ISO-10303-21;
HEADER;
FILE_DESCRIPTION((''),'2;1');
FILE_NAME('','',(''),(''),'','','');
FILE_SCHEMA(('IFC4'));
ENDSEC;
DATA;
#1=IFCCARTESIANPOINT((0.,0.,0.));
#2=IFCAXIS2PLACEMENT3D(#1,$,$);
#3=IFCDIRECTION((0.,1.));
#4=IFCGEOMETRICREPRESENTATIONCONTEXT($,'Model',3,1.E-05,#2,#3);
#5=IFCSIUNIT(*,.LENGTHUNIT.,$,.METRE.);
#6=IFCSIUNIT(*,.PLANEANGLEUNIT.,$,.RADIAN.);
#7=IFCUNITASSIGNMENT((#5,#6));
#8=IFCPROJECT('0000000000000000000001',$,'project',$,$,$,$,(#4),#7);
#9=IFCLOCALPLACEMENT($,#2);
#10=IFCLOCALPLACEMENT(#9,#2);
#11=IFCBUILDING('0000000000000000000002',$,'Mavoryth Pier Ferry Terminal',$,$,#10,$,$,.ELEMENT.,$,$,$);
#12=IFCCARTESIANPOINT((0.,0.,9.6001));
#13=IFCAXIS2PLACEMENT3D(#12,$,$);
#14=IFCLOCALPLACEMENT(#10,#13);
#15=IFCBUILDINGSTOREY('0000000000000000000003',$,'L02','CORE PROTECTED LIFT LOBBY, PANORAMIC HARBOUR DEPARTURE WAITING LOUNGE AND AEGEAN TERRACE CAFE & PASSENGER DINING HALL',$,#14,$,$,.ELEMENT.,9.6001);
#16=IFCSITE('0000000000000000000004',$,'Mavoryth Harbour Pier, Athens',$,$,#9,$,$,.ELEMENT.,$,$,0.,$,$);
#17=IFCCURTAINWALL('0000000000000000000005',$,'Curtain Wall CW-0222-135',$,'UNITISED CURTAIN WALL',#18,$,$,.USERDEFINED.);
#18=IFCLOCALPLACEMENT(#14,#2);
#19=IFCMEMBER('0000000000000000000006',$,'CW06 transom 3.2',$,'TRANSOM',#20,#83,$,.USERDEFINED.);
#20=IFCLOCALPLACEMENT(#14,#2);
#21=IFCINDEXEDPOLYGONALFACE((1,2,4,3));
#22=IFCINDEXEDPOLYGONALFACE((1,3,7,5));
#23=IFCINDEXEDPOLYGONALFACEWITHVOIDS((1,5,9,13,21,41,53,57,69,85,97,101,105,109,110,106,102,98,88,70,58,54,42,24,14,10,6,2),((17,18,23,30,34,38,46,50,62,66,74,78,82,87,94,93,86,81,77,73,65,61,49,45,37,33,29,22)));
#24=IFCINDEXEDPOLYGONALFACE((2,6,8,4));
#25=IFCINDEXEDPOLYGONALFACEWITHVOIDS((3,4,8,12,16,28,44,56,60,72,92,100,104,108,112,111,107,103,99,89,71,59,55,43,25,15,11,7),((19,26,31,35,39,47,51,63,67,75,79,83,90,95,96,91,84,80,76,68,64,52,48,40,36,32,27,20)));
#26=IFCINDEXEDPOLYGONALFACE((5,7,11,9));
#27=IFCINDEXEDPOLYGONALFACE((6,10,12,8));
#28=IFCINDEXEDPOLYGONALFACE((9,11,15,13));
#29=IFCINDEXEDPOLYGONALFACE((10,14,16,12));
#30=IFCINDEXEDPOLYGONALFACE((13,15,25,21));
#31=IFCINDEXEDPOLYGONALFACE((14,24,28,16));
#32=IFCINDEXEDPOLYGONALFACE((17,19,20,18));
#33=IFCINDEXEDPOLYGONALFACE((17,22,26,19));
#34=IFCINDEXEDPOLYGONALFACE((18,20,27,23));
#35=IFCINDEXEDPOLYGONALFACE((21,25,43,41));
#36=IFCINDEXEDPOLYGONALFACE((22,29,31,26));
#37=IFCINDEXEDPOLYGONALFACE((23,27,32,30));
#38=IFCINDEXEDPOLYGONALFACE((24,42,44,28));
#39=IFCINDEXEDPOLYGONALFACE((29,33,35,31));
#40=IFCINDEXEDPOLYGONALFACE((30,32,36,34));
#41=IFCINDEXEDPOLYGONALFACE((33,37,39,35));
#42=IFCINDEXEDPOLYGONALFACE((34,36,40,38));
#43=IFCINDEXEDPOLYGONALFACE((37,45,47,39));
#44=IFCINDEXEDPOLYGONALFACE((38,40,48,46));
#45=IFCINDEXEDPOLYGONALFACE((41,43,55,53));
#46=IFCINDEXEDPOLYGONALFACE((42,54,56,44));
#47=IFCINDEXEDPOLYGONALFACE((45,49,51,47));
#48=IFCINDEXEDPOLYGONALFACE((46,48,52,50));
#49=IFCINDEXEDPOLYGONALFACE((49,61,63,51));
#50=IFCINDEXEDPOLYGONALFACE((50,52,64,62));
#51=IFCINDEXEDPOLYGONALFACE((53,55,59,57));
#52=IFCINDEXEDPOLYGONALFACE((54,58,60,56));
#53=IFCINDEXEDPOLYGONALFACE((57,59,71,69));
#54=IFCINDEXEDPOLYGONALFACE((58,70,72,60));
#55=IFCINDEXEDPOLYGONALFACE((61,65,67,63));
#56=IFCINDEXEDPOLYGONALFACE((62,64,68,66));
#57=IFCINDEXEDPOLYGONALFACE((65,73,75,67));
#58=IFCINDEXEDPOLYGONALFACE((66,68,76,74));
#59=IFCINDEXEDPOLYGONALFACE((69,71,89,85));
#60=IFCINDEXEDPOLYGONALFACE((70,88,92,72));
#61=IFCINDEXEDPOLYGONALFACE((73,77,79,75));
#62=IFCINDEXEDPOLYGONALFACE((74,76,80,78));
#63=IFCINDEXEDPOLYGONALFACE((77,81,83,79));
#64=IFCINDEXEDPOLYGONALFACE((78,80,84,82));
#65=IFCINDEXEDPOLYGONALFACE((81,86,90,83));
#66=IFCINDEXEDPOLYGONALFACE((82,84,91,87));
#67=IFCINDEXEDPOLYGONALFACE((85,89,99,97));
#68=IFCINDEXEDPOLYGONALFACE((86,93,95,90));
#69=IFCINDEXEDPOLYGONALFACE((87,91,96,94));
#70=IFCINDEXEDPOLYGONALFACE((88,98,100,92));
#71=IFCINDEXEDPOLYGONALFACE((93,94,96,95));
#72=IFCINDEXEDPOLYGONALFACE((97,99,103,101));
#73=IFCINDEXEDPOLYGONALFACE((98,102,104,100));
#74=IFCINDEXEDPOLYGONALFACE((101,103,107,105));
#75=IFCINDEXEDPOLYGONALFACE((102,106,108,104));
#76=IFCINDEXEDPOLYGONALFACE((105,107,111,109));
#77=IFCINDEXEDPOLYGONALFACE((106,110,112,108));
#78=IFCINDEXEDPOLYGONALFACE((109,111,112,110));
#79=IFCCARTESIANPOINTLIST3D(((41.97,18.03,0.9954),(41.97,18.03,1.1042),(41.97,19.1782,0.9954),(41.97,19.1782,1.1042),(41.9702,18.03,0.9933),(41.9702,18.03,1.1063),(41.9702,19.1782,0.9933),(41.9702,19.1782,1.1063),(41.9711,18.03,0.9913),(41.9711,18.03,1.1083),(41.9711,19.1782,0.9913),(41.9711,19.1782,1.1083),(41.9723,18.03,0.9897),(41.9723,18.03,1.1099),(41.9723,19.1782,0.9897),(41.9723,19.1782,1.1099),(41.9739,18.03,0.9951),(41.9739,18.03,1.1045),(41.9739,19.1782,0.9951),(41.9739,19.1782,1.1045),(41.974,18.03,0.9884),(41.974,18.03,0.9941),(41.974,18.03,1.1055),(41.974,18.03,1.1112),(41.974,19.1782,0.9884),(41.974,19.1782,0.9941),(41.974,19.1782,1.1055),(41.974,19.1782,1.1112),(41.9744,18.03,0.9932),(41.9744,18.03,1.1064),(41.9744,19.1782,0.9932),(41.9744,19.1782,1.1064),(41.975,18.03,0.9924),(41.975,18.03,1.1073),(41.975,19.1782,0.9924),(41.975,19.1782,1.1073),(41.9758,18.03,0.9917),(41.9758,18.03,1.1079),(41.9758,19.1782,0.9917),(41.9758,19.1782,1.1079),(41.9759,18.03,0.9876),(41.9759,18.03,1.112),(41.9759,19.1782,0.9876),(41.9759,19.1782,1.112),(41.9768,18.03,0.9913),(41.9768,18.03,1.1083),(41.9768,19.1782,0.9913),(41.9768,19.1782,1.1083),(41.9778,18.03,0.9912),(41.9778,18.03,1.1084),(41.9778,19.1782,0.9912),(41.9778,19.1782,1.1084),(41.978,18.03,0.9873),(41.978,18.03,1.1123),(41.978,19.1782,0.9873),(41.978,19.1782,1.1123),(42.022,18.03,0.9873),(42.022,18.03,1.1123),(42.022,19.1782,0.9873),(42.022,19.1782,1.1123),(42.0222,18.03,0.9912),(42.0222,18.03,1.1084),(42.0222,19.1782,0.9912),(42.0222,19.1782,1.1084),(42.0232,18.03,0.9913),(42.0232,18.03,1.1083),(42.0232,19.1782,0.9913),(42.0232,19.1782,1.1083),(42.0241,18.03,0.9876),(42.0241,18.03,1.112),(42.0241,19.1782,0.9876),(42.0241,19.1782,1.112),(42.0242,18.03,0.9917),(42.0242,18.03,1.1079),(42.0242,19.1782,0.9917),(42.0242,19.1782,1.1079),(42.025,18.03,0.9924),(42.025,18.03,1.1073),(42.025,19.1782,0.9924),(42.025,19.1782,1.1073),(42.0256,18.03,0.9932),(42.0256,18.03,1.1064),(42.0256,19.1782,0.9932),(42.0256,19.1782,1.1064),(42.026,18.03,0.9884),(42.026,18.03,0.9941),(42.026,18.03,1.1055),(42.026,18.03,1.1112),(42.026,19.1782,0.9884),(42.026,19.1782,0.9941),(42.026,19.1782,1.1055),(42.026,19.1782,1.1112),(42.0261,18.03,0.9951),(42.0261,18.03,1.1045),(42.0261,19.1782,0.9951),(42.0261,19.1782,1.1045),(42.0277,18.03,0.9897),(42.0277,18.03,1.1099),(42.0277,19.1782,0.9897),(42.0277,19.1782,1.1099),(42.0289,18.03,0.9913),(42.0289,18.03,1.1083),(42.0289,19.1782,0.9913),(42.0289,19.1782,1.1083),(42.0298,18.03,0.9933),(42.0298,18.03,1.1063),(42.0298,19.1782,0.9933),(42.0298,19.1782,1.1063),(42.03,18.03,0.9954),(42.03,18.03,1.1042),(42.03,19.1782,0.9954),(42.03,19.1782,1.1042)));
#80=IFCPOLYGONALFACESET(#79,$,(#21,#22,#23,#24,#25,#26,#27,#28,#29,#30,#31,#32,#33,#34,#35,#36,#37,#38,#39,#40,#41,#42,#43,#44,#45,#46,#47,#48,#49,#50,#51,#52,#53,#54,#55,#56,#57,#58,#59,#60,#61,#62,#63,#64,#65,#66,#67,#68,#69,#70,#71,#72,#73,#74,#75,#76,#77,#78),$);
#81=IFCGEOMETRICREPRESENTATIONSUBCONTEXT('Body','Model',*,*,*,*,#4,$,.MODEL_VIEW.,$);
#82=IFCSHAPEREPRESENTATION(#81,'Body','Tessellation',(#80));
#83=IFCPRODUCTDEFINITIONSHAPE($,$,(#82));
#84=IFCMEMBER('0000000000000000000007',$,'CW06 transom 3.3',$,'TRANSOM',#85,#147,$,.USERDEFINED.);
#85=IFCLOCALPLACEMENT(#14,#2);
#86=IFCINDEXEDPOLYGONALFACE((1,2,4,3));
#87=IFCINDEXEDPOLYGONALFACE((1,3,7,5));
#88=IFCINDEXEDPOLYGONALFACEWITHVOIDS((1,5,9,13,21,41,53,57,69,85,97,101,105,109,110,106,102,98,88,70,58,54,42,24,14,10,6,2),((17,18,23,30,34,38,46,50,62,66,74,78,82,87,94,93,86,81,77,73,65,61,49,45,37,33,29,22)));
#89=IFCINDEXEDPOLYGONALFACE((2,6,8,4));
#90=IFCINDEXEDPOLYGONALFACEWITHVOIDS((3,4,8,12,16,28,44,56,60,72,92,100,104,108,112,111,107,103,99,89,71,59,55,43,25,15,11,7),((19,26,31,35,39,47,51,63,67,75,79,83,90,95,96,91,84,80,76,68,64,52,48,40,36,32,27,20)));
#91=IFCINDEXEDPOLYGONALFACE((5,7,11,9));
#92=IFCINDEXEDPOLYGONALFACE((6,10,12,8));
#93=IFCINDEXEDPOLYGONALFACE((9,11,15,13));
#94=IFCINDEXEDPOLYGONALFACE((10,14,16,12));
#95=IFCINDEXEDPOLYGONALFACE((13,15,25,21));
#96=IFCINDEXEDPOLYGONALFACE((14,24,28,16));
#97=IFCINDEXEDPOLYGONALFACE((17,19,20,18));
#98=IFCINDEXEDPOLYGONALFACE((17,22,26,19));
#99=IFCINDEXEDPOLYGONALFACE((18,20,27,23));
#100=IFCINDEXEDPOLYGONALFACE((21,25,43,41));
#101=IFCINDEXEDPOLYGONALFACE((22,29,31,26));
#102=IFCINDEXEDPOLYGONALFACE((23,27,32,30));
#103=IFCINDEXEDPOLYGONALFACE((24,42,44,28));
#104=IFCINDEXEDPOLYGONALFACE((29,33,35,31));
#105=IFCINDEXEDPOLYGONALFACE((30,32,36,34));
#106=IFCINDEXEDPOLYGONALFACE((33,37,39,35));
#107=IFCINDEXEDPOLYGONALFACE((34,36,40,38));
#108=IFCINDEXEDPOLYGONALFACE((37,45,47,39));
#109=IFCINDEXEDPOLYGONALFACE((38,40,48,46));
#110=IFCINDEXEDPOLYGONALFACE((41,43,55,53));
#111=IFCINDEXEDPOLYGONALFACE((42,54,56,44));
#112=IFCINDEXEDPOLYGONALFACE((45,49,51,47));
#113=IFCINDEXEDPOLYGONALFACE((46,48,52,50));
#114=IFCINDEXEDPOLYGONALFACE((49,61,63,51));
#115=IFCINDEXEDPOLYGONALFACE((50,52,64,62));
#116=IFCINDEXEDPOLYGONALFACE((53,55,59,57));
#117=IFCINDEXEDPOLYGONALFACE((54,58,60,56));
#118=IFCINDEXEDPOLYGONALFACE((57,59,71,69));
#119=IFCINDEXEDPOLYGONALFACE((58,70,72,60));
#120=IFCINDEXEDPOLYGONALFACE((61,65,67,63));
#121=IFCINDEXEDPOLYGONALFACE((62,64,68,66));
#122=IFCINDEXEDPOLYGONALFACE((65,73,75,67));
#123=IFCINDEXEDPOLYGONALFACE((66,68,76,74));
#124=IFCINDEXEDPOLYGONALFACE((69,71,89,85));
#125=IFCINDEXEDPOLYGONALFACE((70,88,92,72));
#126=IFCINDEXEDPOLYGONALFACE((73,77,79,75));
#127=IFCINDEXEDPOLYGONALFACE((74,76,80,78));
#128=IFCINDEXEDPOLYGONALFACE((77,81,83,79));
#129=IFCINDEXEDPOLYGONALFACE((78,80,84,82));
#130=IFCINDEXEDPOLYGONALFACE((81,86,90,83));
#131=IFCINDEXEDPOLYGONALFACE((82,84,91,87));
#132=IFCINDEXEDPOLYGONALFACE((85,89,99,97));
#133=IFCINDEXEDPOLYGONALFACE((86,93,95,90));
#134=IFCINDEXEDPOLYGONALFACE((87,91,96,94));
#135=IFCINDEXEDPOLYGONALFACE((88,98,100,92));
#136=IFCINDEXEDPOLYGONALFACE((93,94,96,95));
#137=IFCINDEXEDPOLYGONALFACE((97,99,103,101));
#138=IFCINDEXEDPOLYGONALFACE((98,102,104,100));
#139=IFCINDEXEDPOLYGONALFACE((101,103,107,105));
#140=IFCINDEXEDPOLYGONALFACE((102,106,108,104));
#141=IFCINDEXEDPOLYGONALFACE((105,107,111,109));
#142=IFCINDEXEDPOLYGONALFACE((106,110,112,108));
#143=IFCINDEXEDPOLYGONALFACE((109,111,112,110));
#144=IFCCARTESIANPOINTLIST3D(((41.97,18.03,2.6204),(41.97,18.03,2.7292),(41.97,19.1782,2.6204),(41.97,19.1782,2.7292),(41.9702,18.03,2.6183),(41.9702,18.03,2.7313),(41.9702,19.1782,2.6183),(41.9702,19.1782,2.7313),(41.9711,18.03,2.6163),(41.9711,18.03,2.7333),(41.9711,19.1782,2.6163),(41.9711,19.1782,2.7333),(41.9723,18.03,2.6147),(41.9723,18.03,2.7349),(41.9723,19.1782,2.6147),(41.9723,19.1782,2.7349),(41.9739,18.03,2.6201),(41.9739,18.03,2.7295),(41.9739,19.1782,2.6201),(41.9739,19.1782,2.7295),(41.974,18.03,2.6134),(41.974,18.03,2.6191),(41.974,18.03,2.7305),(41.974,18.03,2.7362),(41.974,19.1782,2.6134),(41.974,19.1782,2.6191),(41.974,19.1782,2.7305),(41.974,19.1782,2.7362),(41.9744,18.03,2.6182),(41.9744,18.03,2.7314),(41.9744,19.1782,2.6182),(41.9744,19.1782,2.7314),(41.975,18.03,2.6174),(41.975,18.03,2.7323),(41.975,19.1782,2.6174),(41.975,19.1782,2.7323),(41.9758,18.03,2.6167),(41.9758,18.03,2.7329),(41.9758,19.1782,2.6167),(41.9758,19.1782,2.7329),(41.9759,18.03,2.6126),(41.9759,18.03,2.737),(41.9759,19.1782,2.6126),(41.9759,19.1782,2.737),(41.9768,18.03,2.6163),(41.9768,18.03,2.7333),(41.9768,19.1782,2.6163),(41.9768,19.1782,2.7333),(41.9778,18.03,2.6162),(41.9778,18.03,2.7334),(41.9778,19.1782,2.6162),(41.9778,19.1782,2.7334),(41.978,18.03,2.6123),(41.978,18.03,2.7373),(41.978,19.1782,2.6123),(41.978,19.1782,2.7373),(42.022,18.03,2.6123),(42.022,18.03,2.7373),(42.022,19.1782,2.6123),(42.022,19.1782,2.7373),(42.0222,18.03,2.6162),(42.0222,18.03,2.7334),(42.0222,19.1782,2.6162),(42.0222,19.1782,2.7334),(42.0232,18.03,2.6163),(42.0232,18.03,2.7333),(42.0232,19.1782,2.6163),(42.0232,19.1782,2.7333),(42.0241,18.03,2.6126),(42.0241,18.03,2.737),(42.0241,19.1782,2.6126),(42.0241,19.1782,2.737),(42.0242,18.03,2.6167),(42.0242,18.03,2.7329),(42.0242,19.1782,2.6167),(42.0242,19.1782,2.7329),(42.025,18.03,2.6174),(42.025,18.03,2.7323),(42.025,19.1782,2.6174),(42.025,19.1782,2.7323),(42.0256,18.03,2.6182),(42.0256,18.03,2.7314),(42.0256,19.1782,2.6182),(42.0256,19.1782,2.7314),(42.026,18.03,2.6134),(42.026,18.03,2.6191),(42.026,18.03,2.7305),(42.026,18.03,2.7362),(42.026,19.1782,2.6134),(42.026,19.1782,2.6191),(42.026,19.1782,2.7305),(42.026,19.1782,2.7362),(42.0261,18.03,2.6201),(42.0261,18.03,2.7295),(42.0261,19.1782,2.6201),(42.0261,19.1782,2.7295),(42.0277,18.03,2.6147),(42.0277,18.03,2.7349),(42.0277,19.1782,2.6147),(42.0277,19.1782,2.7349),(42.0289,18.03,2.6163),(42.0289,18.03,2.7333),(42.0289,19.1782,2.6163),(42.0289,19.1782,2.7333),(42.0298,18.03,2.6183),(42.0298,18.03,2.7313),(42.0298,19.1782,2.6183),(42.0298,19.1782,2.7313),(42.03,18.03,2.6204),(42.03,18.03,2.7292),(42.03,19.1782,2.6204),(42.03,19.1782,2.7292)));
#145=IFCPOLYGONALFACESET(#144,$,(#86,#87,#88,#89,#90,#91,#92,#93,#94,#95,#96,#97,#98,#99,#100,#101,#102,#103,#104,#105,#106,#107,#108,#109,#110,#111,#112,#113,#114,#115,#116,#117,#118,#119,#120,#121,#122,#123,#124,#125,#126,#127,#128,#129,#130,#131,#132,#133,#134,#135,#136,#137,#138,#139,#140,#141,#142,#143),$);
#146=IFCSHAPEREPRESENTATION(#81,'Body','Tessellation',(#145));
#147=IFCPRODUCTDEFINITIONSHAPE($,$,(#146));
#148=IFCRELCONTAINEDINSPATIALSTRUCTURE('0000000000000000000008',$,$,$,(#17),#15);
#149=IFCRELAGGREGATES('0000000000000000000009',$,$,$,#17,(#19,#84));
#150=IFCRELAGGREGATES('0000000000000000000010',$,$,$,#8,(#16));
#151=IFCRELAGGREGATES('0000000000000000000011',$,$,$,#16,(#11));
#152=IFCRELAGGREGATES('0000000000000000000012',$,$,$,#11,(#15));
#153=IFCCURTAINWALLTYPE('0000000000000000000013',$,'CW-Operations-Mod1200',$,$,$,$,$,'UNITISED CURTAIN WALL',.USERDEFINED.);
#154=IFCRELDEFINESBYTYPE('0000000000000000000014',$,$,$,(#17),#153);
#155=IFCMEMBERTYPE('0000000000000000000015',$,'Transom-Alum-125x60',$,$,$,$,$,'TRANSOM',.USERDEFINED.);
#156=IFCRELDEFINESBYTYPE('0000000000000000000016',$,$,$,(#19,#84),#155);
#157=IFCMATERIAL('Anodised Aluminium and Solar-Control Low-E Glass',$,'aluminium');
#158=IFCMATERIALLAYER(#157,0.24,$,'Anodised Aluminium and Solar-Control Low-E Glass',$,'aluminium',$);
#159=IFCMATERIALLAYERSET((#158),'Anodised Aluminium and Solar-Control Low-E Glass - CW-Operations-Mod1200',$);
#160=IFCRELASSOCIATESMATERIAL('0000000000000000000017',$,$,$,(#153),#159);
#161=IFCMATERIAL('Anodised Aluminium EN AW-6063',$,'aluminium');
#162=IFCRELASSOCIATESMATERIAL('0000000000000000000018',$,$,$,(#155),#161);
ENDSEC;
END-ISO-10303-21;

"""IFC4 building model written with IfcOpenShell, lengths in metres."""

from ifc_helpers import new_model, si_unit, direction, frame, origin, origin_2d, place, context, subcontext, project, spatial, hollow_rectangle, extrude, material, layer, layer_set, material_profile, profile_set, type_object, element, aggregate, save


model = new_model("IFC4")

# Units and contexts
model_context = context("Model", 3, precision=1e-05, world=origin(), true_north=direction((0.0, 1.0)))
body_context = subcontext(model_context, "Body", "Model", "MODEL_VIEW")
ifc_project = project(units=[si_unit("LENGTHUNIT", "METRE"), si_unit("PLANEANGLEUNIT", "RADIAN")], contexts=[model_context])

# Site, building, storey
site_placement = place(None, origin())
site = spatial("IfcSite", under=ifc_project, at=site_placement, Name="Mavoryth Harbour Pier, Athens", CompositionType="ELEMENT", RefElevation=0.0)
building_placement = place(site_placement, origin())
building = spatial("IfcBuilding", under=site, at=building_placement, Name="Mavoryth Pier Ferry Terminal", CompositionType="ELEMENT")
storey_placement = place(building_placement, frame((0.0, 0.0, 9.6001)))
storey = spatial("IfcBuildingStorey", under=building, at=storey_placement, Name="L02", Description="CORE PROTECTED LIFT LOBBY, PANORAMIC HARBOUR DEPARTURE WAITING LOUNGE AND AEGEAN TERRACE CAFE & PASSENGER DINING HALL", CompositionType="ELEMENT", Elevation=9.6001)

# Curtain wall
ifc_material_1 = material(Name="Anodised Aluminium and Solar-Control Low-E Glass", Category="aluminium")
ifc_layer_1 = layer(ifc_material_1, 0.24, Name="Anodised Aluminium and Solar-Control Low-E Glass", Category="aluminium")
ifc_layer_set_1 = layer_set([ifc_layer_1], Name="Anodised Aluminium and Solar-Control Low-E Glass - CW-Operations-Mod1200")
curtain_wall_type = type_object("IfcCurtainWallType", Name="CW-Operations-Mod1200", ElementType="UNITISED CURTAIN WALL", PredefinedType="USERDEFINED", material=ifc_layer_set_1)
curtain_wall_placement = place(storey_placement, origin())
curtain_wall = element("IfcCurtainWall", 1, at=curtain_wall_placement, inside=storey, type_object=curtain_wall_type, Name="Curtain Wall CW-0222-135", ObjectType="UNITISED CURTAIN WALL", PredefinedType="USERDEFINED")
ifc_material_2 = material(Name="Anodised Aluminium EN AW-6063", Category="aluminium")

# Members
ifc_material_profile_1 = material_profile(ifc_material_2, hollow_rectangle(XDim=0.0601, YDim=0.125, WallThickness=0.0039, InnerFilletRadius=0.0039, OuterFilletRadius=0.0081, at=origin_2d()), Name="AL-TRAN 125x60x4", Category="aluminium")
ifc_profile_set_1 = profile_set([ifc_material_profile_1], Name="Anodised Aluminium EN AW-6063 - AL-TRAN 125x60x4")
member_type_1 = type_object("IfcMemberType", Name="Transom-Alum-125x60", ElementType="TRANSOM", PredefinedType="USERDEFINED", material=ifc_profile_set_1)
member_1_placement = place(storey_placement, frame((42.0, 19.1782, 1.0498), z_axis=(0.0, -1.0, 0.0), x_axis=(1.0, 0.0, 0.0)))
member_1 = element("IfcMember", 2, at=member_1_placement, type_object=member_type_1, Name="CW06 transom 3.2", ObjectType="TRANSOM", PredefinedType="USERDEFINED", context=body_context, shape_type="SweptSolid", body=[
    extrude(hollow_rectangle(XDim=0.0601, YDim=0.125, WallThickness=0.0039, InnerFilletRadius=0.0039, OuterFilletRadius=0.0081, at=origin_2d()), origin(), (0.0, 0.0, 1.0), 1.1482),
])
member_2_placement = place(storey_placement, frame((42.0, 19.1782, 2.6748), z_axis=(0.0, -1.0, 0.0), x_axis=(1.0, 0.0, 0.0)))
member_2 = element("IfcMember", 3, at=member_2_placement, type_object=member_type_1, Name="CW06 transom 3.3", ObjectType="TRANSOM", PredefinedType="USERDEFINED", context=body_context, shape_type="SweptSolid", body=[
    extrude(hollow_rectangle(XDim=0.0601, YDim=0.125, WallThickness=0.0039, InnerFilletRadius=0.0039, OuterFilletRadius=0.0081, at=origin_2d()), origin(), (0.0, 0.0, 1.0), 1.1482),
])

aggregate(curtain_wall, [member_1, member_2])

save(model, "model.ifc")
